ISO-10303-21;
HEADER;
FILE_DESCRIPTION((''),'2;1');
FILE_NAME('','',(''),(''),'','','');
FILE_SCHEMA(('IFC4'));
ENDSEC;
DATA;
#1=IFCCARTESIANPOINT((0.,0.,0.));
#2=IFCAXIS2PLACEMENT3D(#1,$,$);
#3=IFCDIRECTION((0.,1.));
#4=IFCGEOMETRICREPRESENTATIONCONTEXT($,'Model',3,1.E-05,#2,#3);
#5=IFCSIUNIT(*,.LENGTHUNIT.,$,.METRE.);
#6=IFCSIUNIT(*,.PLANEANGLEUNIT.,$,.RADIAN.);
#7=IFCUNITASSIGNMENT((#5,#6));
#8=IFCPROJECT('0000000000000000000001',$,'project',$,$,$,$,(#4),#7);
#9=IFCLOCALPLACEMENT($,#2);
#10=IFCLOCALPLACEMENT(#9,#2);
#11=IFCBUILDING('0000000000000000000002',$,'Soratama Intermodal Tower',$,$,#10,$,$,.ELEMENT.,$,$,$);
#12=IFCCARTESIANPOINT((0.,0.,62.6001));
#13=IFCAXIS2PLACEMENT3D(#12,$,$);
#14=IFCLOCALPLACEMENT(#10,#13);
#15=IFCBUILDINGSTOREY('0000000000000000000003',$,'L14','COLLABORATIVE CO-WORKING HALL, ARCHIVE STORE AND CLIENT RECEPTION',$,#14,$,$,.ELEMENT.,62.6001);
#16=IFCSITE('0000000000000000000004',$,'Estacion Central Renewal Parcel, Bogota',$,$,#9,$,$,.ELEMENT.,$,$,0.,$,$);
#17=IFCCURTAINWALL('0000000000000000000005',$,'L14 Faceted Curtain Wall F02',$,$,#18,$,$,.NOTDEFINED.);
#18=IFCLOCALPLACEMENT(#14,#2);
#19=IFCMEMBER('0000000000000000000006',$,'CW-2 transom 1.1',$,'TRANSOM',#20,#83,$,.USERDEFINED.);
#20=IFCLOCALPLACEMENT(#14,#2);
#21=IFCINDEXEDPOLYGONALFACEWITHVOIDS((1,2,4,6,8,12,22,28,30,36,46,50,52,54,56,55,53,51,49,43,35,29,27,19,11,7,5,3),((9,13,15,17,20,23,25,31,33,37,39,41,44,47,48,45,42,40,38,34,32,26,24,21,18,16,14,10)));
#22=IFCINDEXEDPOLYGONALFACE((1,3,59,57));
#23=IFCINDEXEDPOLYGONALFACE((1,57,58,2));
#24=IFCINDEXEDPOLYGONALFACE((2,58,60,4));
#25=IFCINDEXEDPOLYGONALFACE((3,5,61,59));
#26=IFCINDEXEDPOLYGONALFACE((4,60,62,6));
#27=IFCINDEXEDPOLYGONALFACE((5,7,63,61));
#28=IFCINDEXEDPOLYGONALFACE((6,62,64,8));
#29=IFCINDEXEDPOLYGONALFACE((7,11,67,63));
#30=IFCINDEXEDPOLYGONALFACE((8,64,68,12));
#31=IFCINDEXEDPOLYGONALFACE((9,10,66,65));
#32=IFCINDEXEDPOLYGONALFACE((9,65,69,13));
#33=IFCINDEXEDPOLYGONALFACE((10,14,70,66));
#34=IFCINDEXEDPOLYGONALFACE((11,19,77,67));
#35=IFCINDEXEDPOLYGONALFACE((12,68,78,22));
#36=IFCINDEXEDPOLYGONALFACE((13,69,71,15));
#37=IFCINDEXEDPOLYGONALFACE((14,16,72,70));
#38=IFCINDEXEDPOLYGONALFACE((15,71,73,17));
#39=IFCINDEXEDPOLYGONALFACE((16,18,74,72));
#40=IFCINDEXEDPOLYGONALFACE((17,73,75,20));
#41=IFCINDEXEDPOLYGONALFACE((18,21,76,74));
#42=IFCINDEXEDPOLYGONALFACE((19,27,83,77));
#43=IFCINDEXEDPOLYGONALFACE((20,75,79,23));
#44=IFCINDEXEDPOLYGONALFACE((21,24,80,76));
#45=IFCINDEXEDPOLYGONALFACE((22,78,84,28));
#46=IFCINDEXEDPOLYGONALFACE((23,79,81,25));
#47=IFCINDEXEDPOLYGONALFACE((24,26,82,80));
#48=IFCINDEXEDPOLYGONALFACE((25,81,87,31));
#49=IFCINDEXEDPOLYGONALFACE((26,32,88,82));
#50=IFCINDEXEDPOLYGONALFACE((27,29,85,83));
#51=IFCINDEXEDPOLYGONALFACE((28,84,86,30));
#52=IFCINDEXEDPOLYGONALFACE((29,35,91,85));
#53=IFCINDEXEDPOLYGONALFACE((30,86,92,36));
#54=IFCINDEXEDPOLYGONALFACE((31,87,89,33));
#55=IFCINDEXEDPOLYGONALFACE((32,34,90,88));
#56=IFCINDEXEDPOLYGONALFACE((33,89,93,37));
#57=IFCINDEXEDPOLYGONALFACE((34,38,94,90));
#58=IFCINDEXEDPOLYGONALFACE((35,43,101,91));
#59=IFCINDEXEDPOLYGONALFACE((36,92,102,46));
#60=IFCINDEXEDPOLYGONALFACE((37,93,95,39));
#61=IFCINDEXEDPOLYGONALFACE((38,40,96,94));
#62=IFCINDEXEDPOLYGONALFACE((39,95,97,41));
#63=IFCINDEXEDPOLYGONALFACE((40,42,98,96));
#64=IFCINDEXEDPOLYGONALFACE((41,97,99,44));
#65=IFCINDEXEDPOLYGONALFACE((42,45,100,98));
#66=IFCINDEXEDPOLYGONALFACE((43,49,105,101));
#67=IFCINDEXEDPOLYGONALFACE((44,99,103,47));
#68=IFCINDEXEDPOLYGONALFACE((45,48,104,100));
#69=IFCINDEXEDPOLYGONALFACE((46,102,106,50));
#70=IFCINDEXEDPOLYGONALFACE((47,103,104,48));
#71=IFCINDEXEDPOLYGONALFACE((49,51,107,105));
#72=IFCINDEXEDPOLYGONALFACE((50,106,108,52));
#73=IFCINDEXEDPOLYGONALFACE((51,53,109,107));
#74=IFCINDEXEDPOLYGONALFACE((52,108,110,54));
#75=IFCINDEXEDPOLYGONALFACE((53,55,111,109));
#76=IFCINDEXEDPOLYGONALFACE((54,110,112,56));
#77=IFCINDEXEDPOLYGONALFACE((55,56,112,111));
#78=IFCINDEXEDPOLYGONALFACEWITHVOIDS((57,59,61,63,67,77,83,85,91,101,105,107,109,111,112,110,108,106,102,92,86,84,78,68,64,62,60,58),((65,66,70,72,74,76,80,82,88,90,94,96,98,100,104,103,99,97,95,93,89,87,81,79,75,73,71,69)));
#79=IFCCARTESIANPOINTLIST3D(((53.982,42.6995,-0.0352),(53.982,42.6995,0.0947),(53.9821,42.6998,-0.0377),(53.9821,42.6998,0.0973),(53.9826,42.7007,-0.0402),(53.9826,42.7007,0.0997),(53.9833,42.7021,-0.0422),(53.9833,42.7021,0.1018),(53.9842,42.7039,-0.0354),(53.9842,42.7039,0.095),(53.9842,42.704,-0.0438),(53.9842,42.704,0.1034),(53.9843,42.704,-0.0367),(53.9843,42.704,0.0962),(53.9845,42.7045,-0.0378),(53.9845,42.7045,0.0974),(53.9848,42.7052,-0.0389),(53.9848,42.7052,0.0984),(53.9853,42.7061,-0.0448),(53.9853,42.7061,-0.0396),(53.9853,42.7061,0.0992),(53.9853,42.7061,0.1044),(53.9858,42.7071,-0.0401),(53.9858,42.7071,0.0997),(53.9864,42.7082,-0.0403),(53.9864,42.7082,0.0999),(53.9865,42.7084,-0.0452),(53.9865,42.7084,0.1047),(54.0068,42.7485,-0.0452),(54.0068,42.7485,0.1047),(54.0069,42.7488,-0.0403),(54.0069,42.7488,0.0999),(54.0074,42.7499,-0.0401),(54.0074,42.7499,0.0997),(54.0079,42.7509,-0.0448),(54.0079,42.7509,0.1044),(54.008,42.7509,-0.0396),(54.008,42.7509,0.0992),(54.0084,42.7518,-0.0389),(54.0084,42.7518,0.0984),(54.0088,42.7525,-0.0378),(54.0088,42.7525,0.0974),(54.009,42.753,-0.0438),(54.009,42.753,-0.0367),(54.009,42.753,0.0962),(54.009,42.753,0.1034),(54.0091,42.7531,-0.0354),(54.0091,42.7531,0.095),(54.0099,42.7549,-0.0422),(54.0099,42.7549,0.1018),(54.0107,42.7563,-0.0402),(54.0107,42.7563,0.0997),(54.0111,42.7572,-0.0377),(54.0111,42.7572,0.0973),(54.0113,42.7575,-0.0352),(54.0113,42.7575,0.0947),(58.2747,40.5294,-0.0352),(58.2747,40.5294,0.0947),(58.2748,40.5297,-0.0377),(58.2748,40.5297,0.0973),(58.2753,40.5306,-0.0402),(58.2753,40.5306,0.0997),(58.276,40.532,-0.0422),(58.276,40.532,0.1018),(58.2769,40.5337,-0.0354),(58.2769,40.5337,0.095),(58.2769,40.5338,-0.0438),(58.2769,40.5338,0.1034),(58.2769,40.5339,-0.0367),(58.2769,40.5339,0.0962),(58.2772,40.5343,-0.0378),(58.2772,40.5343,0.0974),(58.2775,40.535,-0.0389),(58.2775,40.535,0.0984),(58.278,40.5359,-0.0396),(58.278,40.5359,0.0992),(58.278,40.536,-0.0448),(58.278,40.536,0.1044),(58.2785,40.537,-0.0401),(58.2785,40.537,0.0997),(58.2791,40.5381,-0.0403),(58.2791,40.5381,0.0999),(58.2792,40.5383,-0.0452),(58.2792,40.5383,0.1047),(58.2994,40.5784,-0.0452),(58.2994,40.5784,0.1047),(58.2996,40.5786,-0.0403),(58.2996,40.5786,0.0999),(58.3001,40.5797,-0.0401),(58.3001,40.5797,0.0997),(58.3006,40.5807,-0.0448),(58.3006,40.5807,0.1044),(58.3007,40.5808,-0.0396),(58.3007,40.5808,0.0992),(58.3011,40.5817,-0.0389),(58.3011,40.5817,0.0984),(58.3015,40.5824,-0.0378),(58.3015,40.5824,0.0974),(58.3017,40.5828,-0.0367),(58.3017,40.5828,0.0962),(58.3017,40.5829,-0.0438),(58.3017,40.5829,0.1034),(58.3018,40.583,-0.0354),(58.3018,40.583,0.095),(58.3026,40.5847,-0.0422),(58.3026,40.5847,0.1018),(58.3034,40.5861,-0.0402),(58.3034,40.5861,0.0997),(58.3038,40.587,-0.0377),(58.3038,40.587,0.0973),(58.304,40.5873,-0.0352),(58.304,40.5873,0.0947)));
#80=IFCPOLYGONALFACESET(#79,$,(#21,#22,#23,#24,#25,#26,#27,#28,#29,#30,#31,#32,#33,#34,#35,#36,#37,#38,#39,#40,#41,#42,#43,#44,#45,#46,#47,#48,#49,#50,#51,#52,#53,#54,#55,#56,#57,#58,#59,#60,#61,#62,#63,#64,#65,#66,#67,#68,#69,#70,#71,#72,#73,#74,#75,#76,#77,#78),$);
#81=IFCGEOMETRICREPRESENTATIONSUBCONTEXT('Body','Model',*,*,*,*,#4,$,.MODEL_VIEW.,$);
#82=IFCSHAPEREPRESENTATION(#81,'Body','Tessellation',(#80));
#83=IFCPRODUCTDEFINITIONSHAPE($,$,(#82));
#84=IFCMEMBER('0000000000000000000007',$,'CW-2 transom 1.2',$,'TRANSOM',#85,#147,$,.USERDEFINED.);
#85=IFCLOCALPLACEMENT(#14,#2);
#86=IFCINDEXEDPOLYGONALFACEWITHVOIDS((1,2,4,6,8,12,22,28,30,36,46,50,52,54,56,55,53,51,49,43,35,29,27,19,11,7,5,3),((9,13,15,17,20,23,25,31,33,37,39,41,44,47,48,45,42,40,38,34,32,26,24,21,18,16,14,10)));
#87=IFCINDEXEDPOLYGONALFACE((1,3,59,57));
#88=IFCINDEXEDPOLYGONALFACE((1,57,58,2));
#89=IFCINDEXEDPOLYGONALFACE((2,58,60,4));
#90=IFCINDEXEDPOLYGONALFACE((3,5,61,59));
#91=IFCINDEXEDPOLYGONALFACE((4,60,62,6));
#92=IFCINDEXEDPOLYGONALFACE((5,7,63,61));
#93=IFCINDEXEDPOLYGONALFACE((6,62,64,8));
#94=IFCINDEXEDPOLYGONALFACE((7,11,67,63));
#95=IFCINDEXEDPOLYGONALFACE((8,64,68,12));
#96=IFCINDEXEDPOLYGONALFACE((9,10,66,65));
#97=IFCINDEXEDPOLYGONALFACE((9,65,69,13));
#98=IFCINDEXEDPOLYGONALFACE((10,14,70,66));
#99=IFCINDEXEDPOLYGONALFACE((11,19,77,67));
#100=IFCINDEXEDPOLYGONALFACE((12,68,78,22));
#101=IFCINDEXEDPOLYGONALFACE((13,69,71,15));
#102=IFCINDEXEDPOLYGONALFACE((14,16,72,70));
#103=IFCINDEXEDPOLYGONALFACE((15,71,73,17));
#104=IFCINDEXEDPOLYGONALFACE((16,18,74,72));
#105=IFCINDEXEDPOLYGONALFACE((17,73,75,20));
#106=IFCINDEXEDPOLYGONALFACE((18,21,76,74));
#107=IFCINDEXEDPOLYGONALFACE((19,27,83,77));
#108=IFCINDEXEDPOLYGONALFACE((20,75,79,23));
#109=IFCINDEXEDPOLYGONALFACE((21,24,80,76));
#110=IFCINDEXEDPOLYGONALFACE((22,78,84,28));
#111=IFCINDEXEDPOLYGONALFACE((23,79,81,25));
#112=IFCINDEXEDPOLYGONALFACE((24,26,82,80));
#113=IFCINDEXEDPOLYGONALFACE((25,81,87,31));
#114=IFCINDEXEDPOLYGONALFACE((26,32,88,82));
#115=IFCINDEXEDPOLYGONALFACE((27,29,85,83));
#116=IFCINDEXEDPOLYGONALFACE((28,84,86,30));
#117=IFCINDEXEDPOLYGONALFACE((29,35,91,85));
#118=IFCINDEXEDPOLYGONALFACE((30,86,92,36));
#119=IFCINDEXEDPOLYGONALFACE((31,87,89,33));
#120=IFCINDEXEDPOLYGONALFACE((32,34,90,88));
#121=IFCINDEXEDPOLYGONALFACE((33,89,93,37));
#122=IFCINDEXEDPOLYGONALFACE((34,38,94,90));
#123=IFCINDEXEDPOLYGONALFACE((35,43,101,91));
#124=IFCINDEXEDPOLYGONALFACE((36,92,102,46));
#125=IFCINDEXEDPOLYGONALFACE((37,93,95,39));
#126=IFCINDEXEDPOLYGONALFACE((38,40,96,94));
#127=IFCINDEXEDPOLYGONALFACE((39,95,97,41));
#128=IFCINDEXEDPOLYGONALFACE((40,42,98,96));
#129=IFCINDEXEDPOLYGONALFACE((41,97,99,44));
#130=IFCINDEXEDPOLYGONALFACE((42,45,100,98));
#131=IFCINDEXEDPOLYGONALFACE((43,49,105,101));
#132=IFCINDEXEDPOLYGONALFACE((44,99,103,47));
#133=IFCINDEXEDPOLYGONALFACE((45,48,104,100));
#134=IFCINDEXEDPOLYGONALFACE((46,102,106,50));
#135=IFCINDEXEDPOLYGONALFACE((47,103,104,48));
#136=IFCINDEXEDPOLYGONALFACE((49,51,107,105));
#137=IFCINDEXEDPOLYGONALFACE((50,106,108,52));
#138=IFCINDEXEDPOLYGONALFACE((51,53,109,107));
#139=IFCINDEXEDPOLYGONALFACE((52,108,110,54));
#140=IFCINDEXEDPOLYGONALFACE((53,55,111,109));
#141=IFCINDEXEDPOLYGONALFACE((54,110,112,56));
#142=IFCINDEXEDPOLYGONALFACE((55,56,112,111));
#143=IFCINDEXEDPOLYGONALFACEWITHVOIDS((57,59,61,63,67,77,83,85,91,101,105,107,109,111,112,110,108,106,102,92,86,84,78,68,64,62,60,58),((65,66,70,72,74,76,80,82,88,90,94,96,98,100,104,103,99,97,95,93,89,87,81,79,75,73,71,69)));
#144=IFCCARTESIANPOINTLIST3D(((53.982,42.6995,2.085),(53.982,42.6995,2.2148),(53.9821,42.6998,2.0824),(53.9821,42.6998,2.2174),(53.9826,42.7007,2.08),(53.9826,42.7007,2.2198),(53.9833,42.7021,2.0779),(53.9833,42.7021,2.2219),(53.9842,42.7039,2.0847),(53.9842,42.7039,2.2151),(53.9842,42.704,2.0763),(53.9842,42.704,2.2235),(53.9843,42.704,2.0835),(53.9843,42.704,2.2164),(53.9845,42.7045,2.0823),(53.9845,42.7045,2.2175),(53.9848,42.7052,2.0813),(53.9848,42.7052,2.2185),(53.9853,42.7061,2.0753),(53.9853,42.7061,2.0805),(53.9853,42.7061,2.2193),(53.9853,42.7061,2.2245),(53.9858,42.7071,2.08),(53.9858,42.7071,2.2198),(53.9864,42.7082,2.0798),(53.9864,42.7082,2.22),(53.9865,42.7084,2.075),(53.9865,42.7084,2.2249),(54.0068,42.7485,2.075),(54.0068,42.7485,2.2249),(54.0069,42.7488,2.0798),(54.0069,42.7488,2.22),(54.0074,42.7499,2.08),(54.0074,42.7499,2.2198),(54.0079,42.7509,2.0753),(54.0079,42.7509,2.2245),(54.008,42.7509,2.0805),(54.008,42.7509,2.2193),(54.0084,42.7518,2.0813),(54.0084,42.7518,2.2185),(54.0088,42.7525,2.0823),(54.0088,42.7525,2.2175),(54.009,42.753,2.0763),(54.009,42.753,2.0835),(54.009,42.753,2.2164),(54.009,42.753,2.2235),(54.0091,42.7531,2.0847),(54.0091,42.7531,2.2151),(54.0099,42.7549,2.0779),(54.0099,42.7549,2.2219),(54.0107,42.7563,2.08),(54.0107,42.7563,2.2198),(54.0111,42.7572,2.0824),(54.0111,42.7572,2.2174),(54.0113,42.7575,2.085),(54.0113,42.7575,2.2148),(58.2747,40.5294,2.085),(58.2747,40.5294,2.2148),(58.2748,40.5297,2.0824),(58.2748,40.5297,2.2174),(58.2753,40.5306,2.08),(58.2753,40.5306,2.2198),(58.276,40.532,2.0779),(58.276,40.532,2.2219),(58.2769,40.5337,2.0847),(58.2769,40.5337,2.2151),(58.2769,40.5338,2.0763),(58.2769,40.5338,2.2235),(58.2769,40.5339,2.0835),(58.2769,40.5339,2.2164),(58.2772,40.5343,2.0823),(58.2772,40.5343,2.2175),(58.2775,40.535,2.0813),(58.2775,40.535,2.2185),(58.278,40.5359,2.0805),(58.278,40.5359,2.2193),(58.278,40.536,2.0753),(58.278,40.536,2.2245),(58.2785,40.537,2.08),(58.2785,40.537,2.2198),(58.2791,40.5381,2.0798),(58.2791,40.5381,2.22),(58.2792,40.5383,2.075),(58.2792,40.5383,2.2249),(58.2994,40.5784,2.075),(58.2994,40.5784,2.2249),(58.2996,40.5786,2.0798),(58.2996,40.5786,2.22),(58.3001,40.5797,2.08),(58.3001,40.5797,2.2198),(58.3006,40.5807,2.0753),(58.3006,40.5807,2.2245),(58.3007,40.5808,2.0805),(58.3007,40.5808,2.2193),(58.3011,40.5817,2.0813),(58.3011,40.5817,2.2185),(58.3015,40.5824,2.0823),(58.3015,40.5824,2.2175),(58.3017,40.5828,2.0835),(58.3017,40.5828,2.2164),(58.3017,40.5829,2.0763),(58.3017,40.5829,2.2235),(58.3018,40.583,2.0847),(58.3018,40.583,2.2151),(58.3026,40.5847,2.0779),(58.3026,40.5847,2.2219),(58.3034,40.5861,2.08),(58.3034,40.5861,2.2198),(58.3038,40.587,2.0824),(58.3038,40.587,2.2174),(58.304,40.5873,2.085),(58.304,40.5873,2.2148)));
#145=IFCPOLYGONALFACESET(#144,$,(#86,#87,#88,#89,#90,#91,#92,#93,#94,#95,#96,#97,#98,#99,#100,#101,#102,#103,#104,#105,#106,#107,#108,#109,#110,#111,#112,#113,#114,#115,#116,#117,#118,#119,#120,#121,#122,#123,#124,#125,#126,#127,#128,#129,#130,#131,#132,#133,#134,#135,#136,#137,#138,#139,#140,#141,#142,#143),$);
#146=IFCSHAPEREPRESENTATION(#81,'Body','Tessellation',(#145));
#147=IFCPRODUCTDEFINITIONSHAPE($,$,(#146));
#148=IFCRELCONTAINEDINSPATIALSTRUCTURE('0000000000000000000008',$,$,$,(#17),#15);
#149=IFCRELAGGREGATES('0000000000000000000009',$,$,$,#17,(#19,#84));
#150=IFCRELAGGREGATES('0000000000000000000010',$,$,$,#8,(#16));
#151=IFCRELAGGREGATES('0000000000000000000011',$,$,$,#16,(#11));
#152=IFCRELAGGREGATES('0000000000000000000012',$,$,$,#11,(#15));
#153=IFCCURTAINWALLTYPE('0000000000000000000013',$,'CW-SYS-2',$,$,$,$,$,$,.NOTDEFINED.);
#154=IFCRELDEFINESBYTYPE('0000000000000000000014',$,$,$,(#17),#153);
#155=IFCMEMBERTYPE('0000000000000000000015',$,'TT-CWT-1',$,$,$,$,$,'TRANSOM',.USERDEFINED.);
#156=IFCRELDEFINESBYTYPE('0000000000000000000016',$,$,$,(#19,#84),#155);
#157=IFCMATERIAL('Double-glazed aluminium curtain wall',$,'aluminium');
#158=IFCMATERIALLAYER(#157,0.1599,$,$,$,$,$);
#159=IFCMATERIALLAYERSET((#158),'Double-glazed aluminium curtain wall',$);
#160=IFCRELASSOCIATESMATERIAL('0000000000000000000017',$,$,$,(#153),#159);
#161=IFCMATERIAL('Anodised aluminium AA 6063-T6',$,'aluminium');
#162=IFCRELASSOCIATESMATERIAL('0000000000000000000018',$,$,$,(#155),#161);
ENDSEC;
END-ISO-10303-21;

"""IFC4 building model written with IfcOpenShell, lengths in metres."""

from ifc_helpers import new_model, si_unit, direction, frame, origin, origin_2d, place, context, subcontext, project, spatial, hollow_rectangle, extrude, material, layer, layer_set, material_profile, profile_set, type_object, element, aggregate, save


model = new_model("IFC4")

# Units and contexts
model_context = context("Model", 3, precision=1e-05, world=origin(), true_north=direction((0.0, 1.0)))
body_context = subcontext(model_context, "Body", "Model", "MODEL_VIEW")
ifc_project = project(units=[si_unit("LENGTHUNIT", "METRE"), si_unit("PLANEANGLEUNIT", "RADIAN")], contexts=[model_context])

# Site, building, storey
site_placement = place(None, origin())
site = spatial("IfcSite", under=ifc_project, at=site_placement, Name="Estacion Central Renewal Parcel, Bogota", CompositionType="ELEMENT", RefElevation=0.0)
building_placement = place(site_placement, origin())
building = spatial("IfcBuilding", under=site, at=building_placement, Name="Soratama Intermodal Tower", CompositionType="ELEMENT")
storey_placement = place(building_placement, frame((0.0, 0.0, 62.6001)))
storey = spatial("IfcBuildingStorey", under=building, at=storey_placement, Name="L14", Description="COLLABORATIVE CO-WORKING HALL, ARCHIVE STORE AND CLIENT RECEPTION", CompositionType="ELEMENT", Elevation=62.6001)

# Shared definitions
ifc_material_1 = material(Name="Double-glazed aluminium curtain wall", Category="aluminium")
ifc_layer_1 = layer(ifc_material_1, 0.1599)
ifc_layer_set_1 = layer_set([ifc_layer_1], Name="Double-glazed aluminium curtain wall")
curtain_wall_type = type_object("IfcCurtainWallType", Name="CW-SYS-2", PredefinedType="NOTDEFINED", material=ifc_layer_set_1)

# Curtain wall
curtain_wall_1_placement = place(storey_placement, origin())
curtain_wall_1 = element("IfcCurtainWall", 1, at=curtain_wall_1_placement, inside=storey, type_object=curtain_wall_type, Name="L14 Faceted Curtain Wall F02", PredefinedType="NOTDEFINED")

# Members
ifc_material_2 = material(Name="Anodised aluminium AA 6063-T6", Category="aluminium")
ifc_material_profile_1 = material_profile(ifc_material_2, hollow_rectangle(XDim=0.0649, YDim=0.1499, WallThickness=0.0049, InnerFilletRadius=0.0049, OuterFilletRadius=0.01, at=origin_2d()), Name="CWT150X65X5")
ifc_profile_set_1 = profile_set([ifc_material_profile_1], Name="Anodised aluminium AA 6063-T6")
member_type_1 = type_object("IfcMemberType", Name="TT-CWT-1", ElementType="TRANSOM", PredefinedType="USERDEFINED", material=ifc_profile_set_1)
member_1_placement = place(storey_placement, frame((58.2893, 40.5583, 0.0298), z_axis=(-0.892439, 0.451168, 0.0), x_axis=(-0.451168, -0.892439, 0.0)))
member_1 = element("IfcMember", 2, at=member_1_placement, type_object=member_type_1, Name="CW-2 transom 1.1", ObjectType="TRANSOM", PredefinedType="USERDEFINED", context=body_context, shape_type="SweptSolid", body=[
    extrude(hollow_rectangle(XDim=0.0649, YDim=0.1499, WallThickness=0.0049, InnerFilletRadius=0.0049, OuterFilletRadius=0.01, at=origin_2d()), origin(), (0.0, 0.0, 1.0), 4.8101),
])
member_2_placement = place(storey_placement, frame((58.2893, 40.5583, 2.1499), z_axis=(-0.892439, 0.451168, 0.0), x_axis=(-0.451168, -0.892439, 0.0)))
member_2 = element("IfcMember", 3, at=member_2_placement, type_object=member_type_1, Name="CW-2 transom 1.2", ObjectType="TRANSOM", PredefinedType="USERDEFINED", context=body_context, shape_type="SweptSolid", body=[
    extrude(hollow_rectangle(XDim=0.0649, YDim=0.1499, WallThickness=0.0049, InnerFilletRadius=0.0049, OuterFilletRadius=0.01, at=origin_2d()), origin(), (0.0, 0.0, 1.0), 4.8101),
])

aggregate(curtain_wall_1, [member_1, member_2])

save(model, "model.ifc")
